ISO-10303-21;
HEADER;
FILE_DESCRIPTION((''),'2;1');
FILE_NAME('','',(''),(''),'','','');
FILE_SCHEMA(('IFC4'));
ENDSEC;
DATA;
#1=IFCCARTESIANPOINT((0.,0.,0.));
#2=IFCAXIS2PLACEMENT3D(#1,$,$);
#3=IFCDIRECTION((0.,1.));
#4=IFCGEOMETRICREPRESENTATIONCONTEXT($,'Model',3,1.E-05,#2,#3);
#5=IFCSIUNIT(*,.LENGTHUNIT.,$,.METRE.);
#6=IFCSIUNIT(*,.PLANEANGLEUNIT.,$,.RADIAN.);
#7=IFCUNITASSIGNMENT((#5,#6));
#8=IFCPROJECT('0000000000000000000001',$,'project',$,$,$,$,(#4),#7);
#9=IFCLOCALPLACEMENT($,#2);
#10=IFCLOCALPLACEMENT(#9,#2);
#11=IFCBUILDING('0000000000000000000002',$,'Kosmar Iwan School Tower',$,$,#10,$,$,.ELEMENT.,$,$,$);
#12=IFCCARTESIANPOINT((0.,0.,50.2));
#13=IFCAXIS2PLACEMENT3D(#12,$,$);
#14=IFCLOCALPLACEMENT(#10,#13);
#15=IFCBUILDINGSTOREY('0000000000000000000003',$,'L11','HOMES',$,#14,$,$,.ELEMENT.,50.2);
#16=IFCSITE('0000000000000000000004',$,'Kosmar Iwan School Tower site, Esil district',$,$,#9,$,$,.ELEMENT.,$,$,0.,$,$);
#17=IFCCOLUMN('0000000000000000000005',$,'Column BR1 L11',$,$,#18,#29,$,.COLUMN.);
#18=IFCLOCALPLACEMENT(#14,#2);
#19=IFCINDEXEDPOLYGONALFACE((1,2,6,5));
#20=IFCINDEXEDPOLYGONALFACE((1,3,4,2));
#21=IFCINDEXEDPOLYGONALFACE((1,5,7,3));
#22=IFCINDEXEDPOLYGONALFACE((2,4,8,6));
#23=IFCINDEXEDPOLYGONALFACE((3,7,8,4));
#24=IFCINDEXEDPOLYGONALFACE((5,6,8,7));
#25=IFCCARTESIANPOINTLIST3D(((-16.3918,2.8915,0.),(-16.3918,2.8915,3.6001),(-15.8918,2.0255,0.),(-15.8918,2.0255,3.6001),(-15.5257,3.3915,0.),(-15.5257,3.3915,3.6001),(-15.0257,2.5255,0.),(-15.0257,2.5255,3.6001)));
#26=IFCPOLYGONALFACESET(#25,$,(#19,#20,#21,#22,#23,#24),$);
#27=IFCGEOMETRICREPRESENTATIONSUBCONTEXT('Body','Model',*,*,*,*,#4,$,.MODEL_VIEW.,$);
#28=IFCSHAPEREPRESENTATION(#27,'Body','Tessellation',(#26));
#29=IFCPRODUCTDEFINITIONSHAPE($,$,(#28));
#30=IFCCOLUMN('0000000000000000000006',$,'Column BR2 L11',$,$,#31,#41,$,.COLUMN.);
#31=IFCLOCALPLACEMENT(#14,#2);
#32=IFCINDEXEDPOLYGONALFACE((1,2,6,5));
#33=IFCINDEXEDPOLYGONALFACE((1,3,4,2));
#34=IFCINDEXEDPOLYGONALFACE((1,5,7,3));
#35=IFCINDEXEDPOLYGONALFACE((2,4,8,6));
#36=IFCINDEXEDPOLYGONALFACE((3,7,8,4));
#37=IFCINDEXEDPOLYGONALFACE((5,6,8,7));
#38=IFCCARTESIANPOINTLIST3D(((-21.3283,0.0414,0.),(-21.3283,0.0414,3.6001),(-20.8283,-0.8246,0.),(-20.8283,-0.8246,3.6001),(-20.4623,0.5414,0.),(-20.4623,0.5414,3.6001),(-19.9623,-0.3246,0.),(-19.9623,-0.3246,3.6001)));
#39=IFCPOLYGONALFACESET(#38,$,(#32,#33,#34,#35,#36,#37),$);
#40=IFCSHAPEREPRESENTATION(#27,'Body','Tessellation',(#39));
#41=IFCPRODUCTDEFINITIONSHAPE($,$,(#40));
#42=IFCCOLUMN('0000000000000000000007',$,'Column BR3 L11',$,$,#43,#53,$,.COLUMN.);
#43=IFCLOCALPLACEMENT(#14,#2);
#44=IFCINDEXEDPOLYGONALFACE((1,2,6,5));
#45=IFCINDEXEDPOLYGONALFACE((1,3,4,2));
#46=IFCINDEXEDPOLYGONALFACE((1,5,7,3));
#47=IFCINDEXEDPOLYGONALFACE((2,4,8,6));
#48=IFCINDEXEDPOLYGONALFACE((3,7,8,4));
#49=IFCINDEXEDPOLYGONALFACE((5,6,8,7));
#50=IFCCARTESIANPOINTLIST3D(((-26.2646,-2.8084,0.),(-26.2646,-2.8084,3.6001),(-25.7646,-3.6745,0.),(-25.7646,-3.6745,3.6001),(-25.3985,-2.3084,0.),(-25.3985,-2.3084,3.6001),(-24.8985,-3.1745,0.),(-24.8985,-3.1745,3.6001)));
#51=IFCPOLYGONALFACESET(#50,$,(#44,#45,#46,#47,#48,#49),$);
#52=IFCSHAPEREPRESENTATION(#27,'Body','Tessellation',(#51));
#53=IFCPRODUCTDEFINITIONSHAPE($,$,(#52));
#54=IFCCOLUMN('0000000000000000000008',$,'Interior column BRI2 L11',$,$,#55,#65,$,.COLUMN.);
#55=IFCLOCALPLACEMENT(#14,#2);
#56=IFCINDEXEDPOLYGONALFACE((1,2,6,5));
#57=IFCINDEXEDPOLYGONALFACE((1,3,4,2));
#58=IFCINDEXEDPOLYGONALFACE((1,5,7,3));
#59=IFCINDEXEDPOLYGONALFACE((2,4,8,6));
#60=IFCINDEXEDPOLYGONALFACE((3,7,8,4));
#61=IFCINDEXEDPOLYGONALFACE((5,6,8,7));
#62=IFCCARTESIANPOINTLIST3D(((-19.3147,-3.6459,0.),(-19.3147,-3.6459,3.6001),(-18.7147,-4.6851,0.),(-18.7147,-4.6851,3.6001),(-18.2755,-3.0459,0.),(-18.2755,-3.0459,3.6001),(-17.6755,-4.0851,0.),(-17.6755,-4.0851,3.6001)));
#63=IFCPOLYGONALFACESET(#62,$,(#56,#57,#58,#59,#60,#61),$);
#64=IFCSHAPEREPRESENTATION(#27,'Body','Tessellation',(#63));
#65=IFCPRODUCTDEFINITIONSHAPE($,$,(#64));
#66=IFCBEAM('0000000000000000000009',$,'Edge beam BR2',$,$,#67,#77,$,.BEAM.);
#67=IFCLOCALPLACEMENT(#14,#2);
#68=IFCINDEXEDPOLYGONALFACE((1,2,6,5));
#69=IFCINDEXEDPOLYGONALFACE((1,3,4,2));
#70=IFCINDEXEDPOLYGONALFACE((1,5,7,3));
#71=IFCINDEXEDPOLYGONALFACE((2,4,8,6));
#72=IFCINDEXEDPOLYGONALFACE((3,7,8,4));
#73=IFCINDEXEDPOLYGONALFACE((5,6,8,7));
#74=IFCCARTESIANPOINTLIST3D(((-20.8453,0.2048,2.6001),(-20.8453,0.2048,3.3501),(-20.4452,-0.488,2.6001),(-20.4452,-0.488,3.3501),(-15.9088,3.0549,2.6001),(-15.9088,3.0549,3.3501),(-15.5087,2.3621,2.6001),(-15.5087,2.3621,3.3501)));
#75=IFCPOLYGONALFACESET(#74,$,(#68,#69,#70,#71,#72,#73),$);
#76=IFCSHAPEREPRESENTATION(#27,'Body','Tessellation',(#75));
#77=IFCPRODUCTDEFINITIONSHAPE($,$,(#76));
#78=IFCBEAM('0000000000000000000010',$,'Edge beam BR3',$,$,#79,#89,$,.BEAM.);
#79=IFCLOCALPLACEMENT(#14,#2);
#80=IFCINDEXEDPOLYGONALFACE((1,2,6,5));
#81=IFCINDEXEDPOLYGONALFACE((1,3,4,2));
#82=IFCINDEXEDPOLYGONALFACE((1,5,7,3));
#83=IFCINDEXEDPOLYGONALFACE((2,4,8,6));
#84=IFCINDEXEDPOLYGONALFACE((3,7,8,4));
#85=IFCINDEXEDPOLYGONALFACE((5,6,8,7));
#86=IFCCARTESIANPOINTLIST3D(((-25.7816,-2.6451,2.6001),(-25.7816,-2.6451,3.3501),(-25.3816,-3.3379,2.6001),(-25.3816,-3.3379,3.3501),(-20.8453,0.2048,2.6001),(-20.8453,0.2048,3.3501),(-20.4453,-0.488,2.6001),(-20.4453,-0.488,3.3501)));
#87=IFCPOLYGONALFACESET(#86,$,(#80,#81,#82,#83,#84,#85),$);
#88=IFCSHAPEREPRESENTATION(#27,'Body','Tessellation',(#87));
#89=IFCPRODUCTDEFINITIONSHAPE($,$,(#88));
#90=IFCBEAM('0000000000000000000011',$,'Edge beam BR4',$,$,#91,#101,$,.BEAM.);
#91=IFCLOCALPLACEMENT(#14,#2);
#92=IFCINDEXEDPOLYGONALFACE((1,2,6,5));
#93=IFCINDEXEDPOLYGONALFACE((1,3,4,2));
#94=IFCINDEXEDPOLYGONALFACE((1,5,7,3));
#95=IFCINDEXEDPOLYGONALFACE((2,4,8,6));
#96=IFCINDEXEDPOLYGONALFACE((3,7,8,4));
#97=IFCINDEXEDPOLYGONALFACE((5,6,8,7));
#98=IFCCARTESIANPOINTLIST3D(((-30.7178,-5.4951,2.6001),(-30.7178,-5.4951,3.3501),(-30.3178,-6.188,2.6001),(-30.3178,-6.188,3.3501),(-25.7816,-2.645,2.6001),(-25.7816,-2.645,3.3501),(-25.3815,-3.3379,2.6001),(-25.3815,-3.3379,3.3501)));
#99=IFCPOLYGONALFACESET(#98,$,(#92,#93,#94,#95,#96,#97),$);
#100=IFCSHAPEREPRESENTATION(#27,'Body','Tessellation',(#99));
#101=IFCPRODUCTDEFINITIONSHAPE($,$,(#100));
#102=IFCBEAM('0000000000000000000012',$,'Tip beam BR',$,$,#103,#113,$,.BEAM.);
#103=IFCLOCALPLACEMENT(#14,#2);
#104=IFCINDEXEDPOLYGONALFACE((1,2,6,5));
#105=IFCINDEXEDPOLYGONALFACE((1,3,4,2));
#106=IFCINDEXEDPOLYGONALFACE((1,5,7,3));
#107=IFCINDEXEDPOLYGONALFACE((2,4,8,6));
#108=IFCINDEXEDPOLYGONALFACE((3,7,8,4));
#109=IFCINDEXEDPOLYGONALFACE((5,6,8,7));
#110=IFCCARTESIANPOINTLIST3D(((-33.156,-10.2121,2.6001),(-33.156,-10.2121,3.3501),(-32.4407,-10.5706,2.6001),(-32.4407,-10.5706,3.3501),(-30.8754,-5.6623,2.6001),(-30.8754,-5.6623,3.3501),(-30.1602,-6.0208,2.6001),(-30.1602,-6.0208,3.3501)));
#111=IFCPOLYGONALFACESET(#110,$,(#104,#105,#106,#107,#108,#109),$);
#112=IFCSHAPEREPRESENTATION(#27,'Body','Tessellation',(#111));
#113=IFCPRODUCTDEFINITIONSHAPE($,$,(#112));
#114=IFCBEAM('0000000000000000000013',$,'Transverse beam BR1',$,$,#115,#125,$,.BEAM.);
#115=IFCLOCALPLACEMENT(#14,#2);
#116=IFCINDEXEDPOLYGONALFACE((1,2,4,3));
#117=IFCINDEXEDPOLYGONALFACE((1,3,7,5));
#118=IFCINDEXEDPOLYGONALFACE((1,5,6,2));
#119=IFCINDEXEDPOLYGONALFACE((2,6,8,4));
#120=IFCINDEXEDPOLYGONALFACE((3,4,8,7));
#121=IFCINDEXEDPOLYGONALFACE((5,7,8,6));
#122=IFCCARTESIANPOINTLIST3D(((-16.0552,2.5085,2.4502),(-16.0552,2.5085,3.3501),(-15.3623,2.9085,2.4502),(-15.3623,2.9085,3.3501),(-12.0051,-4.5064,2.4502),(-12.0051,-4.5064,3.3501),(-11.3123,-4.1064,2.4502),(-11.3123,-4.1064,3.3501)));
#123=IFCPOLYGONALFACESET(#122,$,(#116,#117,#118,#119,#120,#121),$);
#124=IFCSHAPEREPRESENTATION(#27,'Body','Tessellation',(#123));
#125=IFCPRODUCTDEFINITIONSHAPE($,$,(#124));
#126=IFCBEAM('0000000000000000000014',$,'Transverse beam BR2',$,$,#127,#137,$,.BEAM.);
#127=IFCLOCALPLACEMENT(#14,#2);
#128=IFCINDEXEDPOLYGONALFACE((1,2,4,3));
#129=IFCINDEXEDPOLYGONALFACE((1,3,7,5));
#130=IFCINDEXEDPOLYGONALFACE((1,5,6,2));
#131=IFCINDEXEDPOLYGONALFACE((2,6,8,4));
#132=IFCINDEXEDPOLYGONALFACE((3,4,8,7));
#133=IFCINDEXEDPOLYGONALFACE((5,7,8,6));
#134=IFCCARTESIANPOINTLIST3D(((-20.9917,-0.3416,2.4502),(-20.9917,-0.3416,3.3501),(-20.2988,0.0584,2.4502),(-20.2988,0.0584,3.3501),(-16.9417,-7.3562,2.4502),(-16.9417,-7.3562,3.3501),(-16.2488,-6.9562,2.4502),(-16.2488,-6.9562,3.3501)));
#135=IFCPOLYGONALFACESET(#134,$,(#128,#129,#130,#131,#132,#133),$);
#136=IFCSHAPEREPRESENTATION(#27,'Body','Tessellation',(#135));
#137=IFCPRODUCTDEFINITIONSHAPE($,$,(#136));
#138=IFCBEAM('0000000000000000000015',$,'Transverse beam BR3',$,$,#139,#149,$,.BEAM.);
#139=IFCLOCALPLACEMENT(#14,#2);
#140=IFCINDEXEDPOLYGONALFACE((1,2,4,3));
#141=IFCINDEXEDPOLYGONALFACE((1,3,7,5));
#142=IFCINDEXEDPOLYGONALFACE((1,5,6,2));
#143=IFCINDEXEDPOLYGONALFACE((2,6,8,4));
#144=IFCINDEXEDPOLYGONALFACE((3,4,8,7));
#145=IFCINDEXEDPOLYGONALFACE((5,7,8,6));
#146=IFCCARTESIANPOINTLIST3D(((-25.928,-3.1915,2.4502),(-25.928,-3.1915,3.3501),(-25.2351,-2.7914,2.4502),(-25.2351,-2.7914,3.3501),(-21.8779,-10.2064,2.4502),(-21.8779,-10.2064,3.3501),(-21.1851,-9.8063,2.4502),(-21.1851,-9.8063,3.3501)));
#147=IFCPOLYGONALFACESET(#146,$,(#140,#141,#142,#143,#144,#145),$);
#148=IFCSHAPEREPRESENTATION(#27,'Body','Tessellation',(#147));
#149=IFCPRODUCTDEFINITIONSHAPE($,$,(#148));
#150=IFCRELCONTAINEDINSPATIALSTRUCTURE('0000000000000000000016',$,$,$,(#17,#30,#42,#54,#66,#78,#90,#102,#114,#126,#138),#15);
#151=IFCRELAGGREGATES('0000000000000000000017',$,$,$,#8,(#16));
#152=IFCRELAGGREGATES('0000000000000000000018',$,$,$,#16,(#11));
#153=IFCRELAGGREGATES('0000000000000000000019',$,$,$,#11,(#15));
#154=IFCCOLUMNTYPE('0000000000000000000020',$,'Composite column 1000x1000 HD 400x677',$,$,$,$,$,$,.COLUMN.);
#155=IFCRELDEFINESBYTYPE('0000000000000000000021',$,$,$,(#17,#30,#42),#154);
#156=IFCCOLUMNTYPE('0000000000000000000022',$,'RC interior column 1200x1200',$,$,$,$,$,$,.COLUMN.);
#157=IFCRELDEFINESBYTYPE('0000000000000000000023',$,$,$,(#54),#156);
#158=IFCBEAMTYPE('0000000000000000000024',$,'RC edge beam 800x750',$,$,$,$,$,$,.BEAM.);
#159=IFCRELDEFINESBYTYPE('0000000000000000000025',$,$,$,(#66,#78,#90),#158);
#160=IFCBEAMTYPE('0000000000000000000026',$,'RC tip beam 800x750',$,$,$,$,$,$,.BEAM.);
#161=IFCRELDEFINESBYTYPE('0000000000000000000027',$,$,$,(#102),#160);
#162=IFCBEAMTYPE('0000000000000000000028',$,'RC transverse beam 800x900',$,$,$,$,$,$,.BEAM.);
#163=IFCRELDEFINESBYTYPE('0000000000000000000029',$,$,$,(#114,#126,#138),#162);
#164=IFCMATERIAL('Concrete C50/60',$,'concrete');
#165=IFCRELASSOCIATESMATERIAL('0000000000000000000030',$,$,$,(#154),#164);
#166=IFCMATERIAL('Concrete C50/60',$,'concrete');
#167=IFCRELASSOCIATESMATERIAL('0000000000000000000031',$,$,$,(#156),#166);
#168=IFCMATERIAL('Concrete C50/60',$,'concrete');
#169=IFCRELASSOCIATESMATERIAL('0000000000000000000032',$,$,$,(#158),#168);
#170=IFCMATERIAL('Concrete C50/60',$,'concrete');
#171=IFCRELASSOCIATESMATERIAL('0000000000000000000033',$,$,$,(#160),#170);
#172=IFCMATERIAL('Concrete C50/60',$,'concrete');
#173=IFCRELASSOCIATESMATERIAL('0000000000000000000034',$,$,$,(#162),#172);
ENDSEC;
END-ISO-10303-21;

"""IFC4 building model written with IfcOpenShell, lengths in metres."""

from ifc_helpers import new_model, si_unit, direction, frame, origin, origin_2d, place, context, subcontext, project, spatial, rectangle, extrude, material, material_profile, profile_set, type_object, element, save


model = new_model("IFC4")

# Units and contexts
model_context = context("Model", 3, precision=1e-05, world=origin(), true_north=direction((0.0, 1.0)))
body_context = subcontext(model_context, "Body", "Model", "MODEL_VIEW")
ifc_project = project(units=[si_unit("LENGTHUNIT", "METRE"), si_unit("PLANEANGLEUNIT", "RADIAN")], contexts=[model_context])

# Site, building, storey
site_placement = place(None, origin())
site = spatial("IfcSite", under=ifc_project, at=site_placement, Name="Kosmar Iwan School Tower site, Esil district", CompositionType="ELEMENT", RefElevation=0.0)
building_placement = place(site_placement, origin())
building = spatial("IfcBuilding", under=site, at=building_placement, Name="Kosmar Iwan School Tower", CompositionType="ELEMENT")
storey_placement = place(building_placement, frame((0.0, 0.0, 50.2)))
storey = spatial("IfcBuildingStorey", under=building, at=storey_placement, Name="L11", Description="HOMES", CompositionType="ELEMENT", Elevation=50.2)

# Columns
ifc_material_1 = material(Name="Concrete C50/60", Category="concrete")
ifc_material_profile_1 = material_profile(ifc_material_1, rectangle(XDim=1.0, YDim=1.0, at=origin_2d()), Name="RC 1000x1000 + HD 400x677")
ifc_profile_set_1 = profile_set([ifc_material_profile_1], Name="Concrete C50/60")
column_type_1 = type_object("IfcColumnType", Name="Composite column 1000x1000 HD 400x677", PredefinedType="COLUMN", material=ifc_profile_set_1)
for number, where, z_axis, x_axis, name in (
    (1, (-15.7087, 2.7085, 0.0), (0.0, 0.0, 1.0), (-0.866025, -0.5, 0.0), "Column BR1 L11"),
    (2, (-20.6453, -0.1416, 0.0), (0.0, 0.0, 1.0), (-0.866025, -0.5, 0.0), "Column BR2 L11"),
    (3, (-25.5815, -2.9915, 0.0), (0.0, 0.0, 1.0), (-0.866025, -0.5, 0.0), "Column BR3 L11"),
):
    element("IfcColumn", number, at=place(storey_placement, frame(where, z_axis=z_axis, x_axis=x_axis)), inside=storey, type_object=column_type_1, Name=name, PredefinedType="COLUMN", context=body_context, shape_type="SweptSolid", body=[
        extrude(rectangle(XDim=1.0, YDim=1.0, at=origin_2d()), origin(), (0.0, 0.0, 1.0), 3.6001),
    ])
ifc_material_2 = material(Name="Concrete C50/60", Category="concrete")
ifc_material_profile_2 = material_profile(ifc_material_2, rectangle(XDim=1.2, YDim=1.2, at=origin_2d()), Name="RC 1200x1200")
ifc_profile_set_2 = profile_set([ifc_material_profile_2], Name="Concrete C50/60")
column_type_2 = type_object("IfcColumnType", Name="RC interior column 1200x1200", PredefinedType="COLUMN", material=ifc_profile_set_2)
column_placement = place(storey_placement, frame((-18.4951, -3.8655, 0.0), z_axis=(0.0, 0.0, 1.0), x_axis=(-0.866025, -0.5, 0.0)))
element("IfcColumn", 4, at=column_placement, inside=storey, type_object=column_type_2, Name="Interior column BRI2 L11", PredefinedType="COLUMN", context=body_context, shape_type="SweptSolid", body=[
    extrude(rectangle(XDim=1.2, YDim=1.2, at=origin_2d()), origin(), (0.0, 0.0, 1.0), 3.6001),
])

# Beams
ifc_material_3 = material(Name="Concrete C50/60", Category="concrete")
ifc_material_profile_3 = material_profile(ifc_material_3, rectangle(XDim=0.8, YDim=0.75, at=origin_2d()), Name="RC 800x750")
ifc_profile_set_3 = profile_set([ifc_material_profile_3], Name="Concrete C50/60")
beam_type_1 = type_object("IfcBeamType", Name="RC edge beam 800x750", PredefinedType="BEAM", material=ifc_profile_set_3)
beam_1_placement = place(storey_placement, frame((-15.7087, 2.7085, 2.9751), z_axis=(-0.866026, -0.499999, 0.0), x_axis=(0.499999, -0.866026, 0.0)))
element("IfcBeam", 5, at=beam_1_placement, inside=storey, type_object=beam_type_1, Name="Edge beam BR2", PredefinedType="BEAM", context=body_context, shape_type="SweptSolid", body=[
    extrude(rectangle(XDim=0.8, YDim=0.75, at=origin_2d()), origin(), (0.0, 0.0, 1.0), 5.7002),
])
for number, where, z_axis, x_axis, name in (
    (6, (-20.6453, -0.1416, 2.9751), (-0.866034, -0.499986, 0.0), (0.499986, -0.866034, 0.0), "Edge beam BR3"),
    (7, (-25.5815, -2.9915, 2.9751), (-0.866015, -0.500018, 0.0), (0.500018, -0.866015, 0.0), "Edge beam BR4"),
):
    element("IfcBeam", number, at=place(storey_placement, frame(where, z_axis=z_axis, x_axis=x_axis)), inside=storey, type_object=beam_type_1, Name=name, PredefinedType="BEAM", context=body_context, shape_type="SweptSolid", body=[
        extrude(rectangle(XDim=0.8, YDim=0.75, at=origin_2d()), origin(), (0.0, 0.0, 1.0), 5.7),
    ])
ifc_material_4 = material(Name="Concrete C50/60", Category="concrete")
ifc_material_profile_4 = material_profile(ifc_material_4, rectangle(XDim=0.8, YDim=0.75, at=origin_2d()), Name="RC 800x750")
ifc_profile_set_4 = profile_set([ifc_material_profile_4], Name="Concrete C50/60")
beam_type_2 = type_object("IfcBeamType", Name="RC tip beam 800x750", PredefinedType="BEAM", material=ifc_profile_set_4)
beam_2_placement = place(storey_placement, frame((-30.5178, -5.8416, 2.9751), z_axis=(-0.448096, -0.893985, 0.0), x_axis=(0.893985, -0.448096, 0.0)))
element("IfcBeam", 8, at=beam_2_placement, inside=storey, type_object=beam_type_2, Name="Tip beam BR", PredefinedType="BEAM", context=body_context, shape_type="SweptSolid", body=[
    extrude(rectangle(XDim=0.8, YDim=0.75, at=origin_2d()), origin(), (0.0, 0.0, 1.0), 5.0894),
])
ifc_material_5 = material(Name="Concrete C50/60", Category="concrete")
ifc_material_profile_5 = material_profile(ifc_material_5, rectangle(XDim=0.8, YDim=0.8999, at=origin_2d()), Name="RC 800x900")
ifc_profile_set_5 = profile_set([ifc_material_profile_5], Name="Concrete C50/60")
beam_type_3 = type_object("IfcBeamType", Name="RC transverse beam 800x900", PredefinedType="BEAM", material=ifc_profile_set_5)
beam_3_placement = place(storey_placement, frame((-15.7087, 2.7085, 2.9001), z_axis=(0.5, -0.866025, 0.0), x_axis=(0.866025, 0.5, 0.0)))
element("IfcBeam", 9, at=beam_3_placement, inside=storey, type_object=beam_type_3, Name="Transverse beam BR1", PredefinedType="BEAM", context=body_context, shape_type="SweptSolid", body=[
    extrude(rectangle(XDim=0.8, YDim=0.8999, at=origin_2d()), origin(), (0.0, 0.0, 1.0), 8.1001),
])
beam_4_placement = place(storey_placement, frame((-20.6453, -0.1416, 2.9001), z_axis=(0.500013, -0.866018, 0.0), x_axis=(0.866018, 0.500013, 0.0)))
element("IfcBeam", 10, at=beam_4_placement, inside=storey, type_object=beam_type_3, Name="Transverse beam BR2", PredefinedType="BEAM", context=body_context, shape_type="SweptSolid", body=[
    extrude(rectangle(XDim=0.8, YDim=0.8999, at=origin_2d()), origin(), (0.0, 0.0, 1.0), 8.0999),
])
beam_5_placement = place(storey_placement, frame((-25.5815, -2.9915, 2.9001), z_axis=(0.5, -0.866025, 0.0), x_axis=(0.866025, 0.5, 0.0)))
element("IfcBeam", 11, at=beam_5_placement, inside=storey, type_object=beam_type_3, Name="Transverse beam BR3", PredefinedType="BEAM", context=body_context, shape_type="SweptSolid", body=[
    extrude(rectangle(XDim=0.8, YDim=0.8999, at=origin_2d()), origin(), (0.0, 0.0, 1.0), 8.1001),
])

save(model, "model.ifc")
